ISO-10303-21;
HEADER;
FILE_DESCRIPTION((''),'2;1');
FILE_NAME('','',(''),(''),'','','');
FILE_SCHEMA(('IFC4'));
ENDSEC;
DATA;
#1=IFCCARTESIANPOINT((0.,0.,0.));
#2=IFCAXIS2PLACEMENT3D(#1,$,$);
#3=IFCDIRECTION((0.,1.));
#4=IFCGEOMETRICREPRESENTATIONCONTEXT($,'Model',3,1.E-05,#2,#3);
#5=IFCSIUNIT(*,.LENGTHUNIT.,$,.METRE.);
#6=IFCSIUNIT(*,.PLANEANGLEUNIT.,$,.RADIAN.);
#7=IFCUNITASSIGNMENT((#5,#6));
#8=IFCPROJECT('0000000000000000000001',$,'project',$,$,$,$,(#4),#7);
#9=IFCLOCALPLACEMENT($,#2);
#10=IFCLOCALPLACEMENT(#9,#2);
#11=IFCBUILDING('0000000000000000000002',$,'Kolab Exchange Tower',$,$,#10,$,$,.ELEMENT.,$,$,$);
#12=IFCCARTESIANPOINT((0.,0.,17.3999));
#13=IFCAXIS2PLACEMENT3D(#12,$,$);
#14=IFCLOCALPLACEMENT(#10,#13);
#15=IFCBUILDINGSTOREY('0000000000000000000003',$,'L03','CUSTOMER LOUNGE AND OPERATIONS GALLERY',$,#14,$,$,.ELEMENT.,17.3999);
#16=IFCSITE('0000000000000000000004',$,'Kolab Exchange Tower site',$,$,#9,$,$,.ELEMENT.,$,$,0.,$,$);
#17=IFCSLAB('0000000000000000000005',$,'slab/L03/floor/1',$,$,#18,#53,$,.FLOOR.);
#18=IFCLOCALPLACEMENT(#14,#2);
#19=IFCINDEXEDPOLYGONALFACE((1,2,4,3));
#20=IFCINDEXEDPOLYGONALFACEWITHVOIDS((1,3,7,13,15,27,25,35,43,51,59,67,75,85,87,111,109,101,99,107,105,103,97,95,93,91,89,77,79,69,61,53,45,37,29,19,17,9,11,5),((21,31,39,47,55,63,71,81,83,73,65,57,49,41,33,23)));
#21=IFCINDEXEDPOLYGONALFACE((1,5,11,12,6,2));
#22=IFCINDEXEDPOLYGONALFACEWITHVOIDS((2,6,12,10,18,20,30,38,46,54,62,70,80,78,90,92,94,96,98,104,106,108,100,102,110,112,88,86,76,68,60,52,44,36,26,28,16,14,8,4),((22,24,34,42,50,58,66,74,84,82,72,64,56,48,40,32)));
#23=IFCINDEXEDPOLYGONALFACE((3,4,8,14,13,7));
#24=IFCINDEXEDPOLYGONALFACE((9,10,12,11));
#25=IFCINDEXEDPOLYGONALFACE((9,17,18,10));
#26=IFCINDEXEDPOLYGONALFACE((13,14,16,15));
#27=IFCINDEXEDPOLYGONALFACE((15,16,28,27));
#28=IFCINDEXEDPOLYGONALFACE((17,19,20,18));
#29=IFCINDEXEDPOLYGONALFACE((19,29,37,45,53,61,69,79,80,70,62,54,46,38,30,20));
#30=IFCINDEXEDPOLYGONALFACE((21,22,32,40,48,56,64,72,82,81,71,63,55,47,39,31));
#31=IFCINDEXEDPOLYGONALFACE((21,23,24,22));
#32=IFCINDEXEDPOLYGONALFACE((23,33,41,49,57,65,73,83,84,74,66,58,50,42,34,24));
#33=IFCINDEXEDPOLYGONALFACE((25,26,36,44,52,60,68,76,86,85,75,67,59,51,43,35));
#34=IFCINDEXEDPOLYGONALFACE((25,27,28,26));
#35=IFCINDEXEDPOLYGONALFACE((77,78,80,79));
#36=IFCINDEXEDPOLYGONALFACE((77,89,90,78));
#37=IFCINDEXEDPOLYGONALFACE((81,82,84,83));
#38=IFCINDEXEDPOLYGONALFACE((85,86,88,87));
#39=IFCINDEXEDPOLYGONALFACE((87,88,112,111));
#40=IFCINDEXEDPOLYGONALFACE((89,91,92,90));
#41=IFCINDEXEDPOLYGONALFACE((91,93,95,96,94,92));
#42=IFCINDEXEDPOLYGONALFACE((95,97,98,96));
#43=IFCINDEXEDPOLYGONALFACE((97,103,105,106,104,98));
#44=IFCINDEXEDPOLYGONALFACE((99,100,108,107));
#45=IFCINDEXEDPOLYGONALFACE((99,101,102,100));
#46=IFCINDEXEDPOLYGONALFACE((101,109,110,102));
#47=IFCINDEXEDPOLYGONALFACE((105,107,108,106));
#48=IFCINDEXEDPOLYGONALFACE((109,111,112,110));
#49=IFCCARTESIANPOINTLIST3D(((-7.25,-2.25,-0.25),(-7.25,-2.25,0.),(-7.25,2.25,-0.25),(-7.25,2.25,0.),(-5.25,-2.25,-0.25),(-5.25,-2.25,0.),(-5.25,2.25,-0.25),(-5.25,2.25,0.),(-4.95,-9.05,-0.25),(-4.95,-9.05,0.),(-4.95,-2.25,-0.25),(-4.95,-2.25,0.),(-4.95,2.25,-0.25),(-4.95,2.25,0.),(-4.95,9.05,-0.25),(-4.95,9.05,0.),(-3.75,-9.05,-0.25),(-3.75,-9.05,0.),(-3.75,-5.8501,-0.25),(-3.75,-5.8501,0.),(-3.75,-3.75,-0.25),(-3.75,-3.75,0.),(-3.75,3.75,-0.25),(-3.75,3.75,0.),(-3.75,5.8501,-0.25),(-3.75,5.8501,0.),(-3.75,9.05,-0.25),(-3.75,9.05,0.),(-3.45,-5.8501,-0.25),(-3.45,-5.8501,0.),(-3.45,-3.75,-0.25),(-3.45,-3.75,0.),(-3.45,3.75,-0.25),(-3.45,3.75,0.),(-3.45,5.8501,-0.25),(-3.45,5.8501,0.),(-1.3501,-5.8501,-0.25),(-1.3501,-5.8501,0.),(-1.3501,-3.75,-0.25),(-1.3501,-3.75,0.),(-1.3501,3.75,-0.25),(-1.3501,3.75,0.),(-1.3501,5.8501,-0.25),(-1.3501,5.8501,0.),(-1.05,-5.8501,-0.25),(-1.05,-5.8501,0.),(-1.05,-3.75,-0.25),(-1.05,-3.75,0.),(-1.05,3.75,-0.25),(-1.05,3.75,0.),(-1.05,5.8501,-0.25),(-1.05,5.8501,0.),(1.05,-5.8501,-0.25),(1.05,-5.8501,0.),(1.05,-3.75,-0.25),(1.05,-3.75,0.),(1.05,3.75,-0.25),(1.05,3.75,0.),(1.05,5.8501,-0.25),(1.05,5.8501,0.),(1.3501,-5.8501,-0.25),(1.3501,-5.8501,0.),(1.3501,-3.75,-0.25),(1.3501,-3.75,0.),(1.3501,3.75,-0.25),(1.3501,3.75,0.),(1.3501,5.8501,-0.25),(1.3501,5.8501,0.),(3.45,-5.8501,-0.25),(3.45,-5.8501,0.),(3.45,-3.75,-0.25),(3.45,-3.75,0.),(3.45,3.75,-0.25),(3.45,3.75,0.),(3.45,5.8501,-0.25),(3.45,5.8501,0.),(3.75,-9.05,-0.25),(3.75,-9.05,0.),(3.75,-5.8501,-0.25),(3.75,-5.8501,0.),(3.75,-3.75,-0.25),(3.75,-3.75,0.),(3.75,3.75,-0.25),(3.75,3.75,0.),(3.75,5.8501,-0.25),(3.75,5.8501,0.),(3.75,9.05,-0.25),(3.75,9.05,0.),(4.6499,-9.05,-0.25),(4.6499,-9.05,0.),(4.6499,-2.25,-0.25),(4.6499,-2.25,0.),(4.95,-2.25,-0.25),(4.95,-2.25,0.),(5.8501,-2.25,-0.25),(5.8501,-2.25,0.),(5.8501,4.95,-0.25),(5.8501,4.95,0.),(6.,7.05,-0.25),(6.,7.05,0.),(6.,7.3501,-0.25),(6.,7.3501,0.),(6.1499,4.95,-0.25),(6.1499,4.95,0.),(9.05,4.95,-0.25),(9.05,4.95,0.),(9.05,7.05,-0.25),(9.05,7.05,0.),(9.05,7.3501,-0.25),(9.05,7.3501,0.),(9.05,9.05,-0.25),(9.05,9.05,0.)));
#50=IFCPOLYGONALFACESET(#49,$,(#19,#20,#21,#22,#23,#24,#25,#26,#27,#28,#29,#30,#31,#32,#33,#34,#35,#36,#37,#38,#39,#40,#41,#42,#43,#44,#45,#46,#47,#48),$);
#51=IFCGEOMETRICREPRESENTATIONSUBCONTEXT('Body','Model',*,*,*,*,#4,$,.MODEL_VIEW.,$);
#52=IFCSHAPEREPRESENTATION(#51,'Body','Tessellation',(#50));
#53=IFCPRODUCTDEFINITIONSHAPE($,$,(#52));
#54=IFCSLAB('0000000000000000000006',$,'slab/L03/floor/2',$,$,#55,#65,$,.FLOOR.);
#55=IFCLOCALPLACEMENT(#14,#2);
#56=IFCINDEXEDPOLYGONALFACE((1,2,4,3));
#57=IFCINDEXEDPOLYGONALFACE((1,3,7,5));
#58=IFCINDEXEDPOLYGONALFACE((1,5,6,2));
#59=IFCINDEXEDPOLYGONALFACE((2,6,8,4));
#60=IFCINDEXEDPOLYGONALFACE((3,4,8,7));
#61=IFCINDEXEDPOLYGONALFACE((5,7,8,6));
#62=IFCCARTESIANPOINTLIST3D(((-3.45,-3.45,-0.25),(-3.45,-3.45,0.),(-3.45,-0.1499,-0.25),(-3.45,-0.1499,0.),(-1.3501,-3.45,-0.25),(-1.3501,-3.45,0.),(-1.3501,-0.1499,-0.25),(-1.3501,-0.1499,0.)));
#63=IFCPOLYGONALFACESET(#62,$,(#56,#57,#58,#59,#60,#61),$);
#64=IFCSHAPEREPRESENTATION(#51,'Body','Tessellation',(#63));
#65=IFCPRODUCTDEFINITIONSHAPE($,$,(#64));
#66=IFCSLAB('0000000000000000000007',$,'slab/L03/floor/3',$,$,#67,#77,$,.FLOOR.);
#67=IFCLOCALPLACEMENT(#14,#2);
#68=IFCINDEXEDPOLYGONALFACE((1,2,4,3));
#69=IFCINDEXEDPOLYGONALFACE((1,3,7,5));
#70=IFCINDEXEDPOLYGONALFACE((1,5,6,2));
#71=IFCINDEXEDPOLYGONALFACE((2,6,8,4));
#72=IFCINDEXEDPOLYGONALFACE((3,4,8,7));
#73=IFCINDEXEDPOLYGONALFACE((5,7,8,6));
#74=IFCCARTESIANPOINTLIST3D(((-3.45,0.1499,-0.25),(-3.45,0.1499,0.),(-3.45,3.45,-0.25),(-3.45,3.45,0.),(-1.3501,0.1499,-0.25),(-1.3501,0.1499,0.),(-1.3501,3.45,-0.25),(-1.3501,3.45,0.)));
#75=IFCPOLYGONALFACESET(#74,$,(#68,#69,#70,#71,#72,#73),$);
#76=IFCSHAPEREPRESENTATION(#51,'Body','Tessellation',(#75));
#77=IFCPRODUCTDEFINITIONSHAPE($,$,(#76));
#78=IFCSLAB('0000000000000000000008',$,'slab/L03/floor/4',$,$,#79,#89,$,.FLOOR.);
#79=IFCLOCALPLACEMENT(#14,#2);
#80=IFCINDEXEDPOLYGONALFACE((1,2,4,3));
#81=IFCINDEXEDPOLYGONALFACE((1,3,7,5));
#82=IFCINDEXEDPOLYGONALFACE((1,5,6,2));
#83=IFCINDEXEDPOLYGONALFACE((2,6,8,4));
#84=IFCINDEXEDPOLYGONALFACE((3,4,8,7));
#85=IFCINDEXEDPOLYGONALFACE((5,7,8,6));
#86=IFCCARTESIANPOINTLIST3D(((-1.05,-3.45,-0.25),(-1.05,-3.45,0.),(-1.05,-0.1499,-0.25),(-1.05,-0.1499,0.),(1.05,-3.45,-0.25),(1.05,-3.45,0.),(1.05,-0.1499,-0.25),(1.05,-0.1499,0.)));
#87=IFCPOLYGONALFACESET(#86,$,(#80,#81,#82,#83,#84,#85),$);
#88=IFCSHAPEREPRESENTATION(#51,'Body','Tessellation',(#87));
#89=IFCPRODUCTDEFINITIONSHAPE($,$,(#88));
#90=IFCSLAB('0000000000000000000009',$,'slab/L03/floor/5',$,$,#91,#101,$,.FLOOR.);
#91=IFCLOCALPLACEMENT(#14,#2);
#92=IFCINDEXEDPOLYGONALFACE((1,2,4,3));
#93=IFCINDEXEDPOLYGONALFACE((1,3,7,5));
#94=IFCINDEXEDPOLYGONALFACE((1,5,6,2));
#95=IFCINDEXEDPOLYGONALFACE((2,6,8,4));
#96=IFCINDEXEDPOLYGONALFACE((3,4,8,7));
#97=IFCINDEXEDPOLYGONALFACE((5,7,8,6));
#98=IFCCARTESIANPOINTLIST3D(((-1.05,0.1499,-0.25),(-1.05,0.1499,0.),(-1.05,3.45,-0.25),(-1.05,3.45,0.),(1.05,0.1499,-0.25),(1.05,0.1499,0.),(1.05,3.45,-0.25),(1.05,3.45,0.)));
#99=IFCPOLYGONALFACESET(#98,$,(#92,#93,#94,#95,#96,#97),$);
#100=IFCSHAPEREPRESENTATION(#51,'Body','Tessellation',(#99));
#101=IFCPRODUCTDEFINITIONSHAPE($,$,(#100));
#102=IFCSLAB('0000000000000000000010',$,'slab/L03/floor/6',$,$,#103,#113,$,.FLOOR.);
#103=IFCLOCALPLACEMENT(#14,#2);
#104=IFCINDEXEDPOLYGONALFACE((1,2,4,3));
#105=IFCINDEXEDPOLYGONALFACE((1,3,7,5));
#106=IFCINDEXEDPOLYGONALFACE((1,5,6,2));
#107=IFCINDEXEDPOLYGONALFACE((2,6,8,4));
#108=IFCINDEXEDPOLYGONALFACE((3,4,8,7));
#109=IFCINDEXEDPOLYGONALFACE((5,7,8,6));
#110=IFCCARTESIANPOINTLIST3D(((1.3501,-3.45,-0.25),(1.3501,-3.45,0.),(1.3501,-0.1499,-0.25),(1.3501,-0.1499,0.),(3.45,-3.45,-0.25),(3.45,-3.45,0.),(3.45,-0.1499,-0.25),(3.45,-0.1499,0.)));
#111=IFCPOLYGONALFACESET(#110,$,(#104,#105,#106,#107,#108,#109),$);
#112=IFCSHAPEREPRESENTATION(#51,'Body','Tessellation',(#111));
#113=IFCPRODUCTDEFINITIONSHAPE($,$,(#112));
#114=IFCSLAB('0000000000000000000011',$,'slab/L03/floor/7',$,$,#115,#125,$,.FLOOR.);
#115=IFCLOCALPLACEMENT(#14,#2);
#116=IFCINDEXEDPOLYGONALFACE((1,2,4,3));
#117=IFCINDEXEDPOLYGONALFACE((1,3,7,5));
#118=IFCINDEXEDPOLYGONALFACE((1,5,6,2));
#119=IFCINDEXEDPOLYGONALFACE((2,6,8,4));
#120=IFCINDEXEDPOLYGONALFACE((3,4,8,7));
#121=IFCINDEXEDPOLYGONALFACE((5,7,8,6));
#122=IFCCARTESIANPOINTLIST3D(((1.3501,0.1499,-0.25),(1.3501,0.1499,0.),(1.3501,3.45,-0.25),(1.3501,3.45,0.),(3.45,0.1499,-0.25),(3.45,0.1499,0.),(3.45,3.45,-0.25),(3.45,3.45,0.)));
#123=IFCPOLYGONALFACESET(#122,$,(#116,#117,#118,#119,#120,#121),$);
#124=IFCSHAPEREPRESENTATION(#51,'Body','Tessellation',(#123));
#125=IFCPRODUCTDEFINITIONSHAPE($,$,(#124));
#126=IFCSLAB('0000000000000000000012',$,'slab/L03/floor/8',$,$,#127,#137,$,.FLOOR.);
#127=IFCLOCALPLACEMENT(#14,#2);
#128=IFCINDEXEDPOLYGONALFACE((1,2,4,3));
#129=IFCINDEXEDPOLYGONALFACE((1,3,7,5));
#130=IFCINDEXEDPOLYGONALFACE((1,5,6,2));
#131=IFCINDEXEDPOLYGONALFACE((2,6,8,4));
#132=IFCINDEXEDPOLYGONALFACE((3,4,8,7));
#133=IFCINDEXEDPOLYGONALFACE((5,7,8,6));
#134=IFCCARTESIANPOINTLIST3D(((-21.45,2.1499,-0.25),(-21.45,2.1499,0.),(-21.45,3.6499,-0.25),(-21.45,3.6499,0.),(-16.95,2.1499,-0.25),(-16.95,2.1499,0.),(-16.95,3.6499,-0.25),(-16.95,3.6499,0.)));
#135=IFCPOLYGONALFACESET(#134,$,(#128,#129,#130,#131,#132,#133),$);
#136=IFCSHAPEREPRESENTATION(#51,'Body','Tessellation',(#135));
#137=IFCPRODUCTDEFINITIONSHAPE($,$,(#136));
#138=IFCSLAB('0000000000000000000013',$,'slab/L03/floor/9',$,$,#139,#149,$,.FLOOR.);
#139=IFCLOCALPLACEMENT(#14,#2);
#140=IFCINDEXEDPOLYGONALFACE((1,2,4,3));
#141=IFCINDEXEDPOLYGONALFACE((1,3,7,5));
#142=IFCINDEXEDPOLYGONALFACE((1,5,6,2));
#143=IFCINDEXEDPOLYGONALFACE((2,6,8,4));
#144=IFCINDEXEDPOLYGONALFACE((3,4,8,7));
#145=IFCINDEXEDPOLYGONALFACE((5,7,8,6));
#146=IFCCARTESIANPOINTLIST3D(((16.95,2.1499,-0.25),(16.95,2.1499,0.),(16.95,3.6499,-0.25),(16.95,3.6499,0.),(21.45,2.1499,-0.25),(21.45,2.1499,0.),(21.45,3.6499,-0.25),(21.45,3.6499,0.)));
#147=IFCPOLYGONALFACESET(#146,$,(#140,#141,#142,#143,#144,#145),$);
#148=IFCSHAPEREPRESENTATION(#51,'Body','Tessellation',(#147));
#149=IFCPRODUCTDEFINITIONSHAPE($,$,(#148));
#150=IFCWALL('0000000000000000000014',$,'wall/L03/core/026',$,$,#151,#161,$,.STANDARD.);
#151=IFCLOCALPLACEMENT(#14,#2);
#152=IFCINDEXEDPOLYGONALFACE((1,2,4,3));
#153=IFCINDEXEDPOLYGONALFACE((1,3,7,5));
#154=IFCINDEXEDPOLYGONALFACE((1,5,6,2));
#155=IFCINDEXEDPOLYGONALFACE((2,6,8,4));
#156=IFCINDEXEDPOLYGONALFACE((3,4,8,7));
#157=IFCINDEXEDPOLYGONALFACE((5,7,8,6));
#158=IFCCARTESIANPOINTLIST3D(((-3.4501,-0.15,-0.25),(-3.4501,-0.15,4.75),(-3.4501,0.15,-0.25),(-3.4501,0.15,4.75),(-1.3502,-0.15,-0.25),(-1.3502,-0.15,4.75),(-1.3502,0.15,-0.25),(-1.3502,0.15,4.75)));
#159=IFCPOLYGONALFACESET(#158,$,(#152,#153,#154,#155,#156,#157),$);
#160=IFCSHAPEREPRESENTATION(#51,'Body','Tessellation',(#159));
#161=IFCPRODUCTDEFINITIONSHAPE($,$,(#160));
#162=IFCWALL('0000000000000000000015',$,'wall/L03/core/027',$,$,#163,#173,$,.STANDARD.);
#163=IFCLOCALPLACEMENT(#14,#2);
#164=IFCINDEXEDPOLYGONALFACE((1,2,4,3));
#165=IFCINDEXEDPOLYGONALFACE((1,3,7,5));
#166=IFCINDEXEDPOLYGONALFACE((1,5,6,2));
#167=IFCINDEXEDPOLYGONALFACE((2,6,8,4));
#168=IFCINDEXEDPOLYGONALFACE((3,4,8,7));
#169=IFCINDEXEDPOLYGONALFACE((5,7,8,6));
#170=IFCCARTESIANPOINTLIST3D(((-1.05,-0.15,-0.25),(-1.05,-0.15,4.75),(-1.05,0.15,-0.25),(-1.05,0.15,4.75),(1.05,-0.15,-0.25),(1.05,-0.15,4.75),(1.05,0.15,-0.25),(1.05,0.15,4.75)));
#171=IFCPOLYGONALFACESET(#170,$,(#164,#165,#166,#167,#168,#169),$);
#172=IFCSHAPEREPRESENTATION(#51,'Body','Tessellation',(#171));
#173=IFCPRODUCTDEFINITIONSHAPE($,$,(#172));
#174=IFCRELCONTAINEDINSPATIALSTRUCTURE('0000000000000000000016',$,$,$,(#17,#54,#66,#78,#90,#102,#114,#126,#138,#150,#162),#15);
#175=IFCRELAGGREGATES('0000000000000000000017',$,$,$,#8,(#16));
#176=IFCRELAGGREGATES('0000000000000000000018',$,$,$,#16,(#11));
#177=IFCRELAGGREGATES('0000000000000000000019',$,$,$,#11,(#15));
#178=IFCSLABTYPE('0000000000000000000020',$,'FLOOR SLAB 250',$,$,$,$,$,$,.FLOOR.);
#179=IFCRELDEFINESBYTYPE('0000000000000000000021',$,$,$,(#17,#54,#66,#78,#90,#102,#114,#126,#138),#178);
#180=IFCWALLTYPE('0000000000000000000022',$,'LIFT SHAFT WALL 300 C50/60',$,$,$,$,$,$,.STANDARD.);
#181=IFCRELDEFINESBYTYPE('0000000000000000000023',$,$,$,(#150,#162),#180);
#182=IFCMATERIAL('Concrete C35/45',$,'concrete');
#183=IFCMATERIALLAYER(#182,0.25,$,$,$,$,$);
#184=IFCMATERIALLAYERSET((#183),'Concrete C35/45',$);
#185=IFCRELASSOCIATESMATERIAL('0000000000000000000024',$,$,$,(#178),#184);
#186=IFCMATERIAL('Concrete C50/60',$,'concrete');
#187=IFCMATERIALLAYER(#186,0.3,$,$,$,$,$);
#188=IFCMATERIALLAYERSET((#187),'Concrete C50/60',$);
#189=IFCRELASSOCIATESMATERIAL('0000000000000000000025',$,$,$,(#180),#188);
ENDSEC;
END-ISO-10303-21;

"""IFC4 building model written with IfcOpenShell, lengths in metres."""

from ifc_helpers import new_model, si_unit, direction, frame, frame_2d, origin, place, context, subcontext, project, spatial, polyline, rectangle, outline, extrude, material, layer, layer_set, type_object, element, save


model = new_model("IFC4")

# Units and contexts
model_context = context("Model", 3, precision=1e-05, world=origin(), true_north=direction((0.0, 1.0)))
body_context = subcontext(model_context, "Body", "Model", "MODEL_VIEW")
ifc_project = project(units=[si_unit("LENGTHUNIT", "METRE"), si_unit("PLANEANGLEUNIT", "RADIAN")], contexts=[model_context])

# Site, building, storey
site_placement = place(None, origin())
site = spatial("IfcSite", under=ifc_project, at=site_placement, Name="Kolab Exchange Tower site", CompositionType="ELEMENT", RefElevation=0.0)
building_placement = place(site_placement, origin())
building = spatial("IfcBuilding", under=site, at=building_placement, Name="Kolab Exchange Tower", CompositionType="ELEMENT")
storey_placement = place(building_placement, frame((0.0, 0.0, 17.3999)))
storey = spatial("IfcBuildingStorey", under=building, at=storey_placement, Name="L03", Description="CUSTOMER LOUNGE AND OPERATIONS GALLERY", CompositionType="ELEMENT", Elevation=17.3999)

# Slabs
ifc_material_1 = material(Name="Concrete C35/45", Category="concrete")
ifc_layer_1 = layer(ifc_material_1, 0.25)
ifc_layer_set_1 = layer_set([ifc_layer_1], Name="Concrete C35/45")
slab_type = type_object("IfcSlabType", Name="FLOOR SLAB 250", PredefinedType="FLOOR", material=ifc_layer_set_1)
slab_1_placement = place(storey_placement, frame((0.0, 0.0, -0.25)))
element("IfcSlab", 1, at=slab_1_placement, inside=storey, type_object=slab_type, Name="slab/L03/floor/1", PredefinedType="FLOOR", context=body_context, shape_type="SweptSolid", body=[
    extrude(outline(polyline([(-5.25, 2.25), (-7.25, 2.25), (-7.25, -2.25), (-5.25, -2.25), (-4.95, -2.25), (-4.95, -9.05), (-3.75, -9.05), (-3.75, -5.8501), (-3.45, -5.8501), (-1.3501, -5.8501), (-1.05, -5.8501), (1.05, -5.8501), (1.3501, -5.8501), (3.45, -5.8501), (3.75, -5.8501), (3.75, -9.05), (4.6499, -9.05), (4.6499, -2.25), (4.95, -2.25), (5.8501, -2.25), (5.8501, 4.95), (6.1499, 4.95), (9.05, 4.95), (9.05, 7.05), (6.0, 7.05), (6.0, 7.3501), (9.05, 7.3501), (9.05, 9.05), (3.75, 9.05), (3.75, 5.8501), (3.45, 5.8501), (1.3501, 5.8501), (1.05, 5.8501), (-1.05, 5.8501), (-1.3501, 5.8501), (-3.45, 5.8501), (-3.75, 5.8501), (-3.75, 9.05), (-4.95, 9.05), (-4.95, 2.25), (-5.25, 2.25)]), holes=[polyline([(-1.3501, 3.75), (-1.05, 3.75), (1.05, 3.75), (1.3501, 3.75), (3.45, 3.75), (3.75, 3.75), (3.75, -3.75), (3.45, -3.75), (1.3501, -3.75), (1.05, -3.75), (-1.05, -3.75), (-1.3501, -3.75), (-3.45, -3.75), (-3.75, -3.75), (-3.75, 3.75), (-3.45, 3.75), (-1.3501, 3.75)])]), origin(), (0.0, 0.0, 1.0), 0.25),
])
slab_2_placement = place(storey_placement, frame((0.0, 0.0, -0.25)))
element("IfcSlab", 2, at=slab_2_placement, inside=storey, type_object=slab_type, Name="slab/L03/floor/2", PredefinedType="FLOOR", context=body_context, shape_type="SweptSolid", body=[
    extrude(outline(polyline([(-3.45, -3.45), (-1.3501, -3.45), (-1.3501, -0.1499), (-3.45, -0.1499), (-3.45, -3.45)])), origin(), (0.0, 0.0, 1.0), 0.25),
])
slab_3_placement = place(storey_placement, frame((0.0, 0.0, -0.25)))
element("IfcSlab", 3, at=slab_3_placement, inside=storey, type_object=slab_type, Name="slab/L03/floor/3", PredefinedType="FLOOR", context=body_context, shape_type="SweptSolid", body=[
    extrude(outline(polyline([(-1.3501, 0.1499), (-1.3501, 3.45), (-3.45, 3.45), (-3.45, 0.1499), (-1.3501, 0.1499)])), origin(), (0.0, 0.0, 1.0), 0.25),
])
slab_4_placement = place(storey_placement, frame((0.0, 0.0, -0.25)))
element("IfcSlab", 4, at=slab_4_placement, inside=storey, type_object=slab_type, Name="slab/L03/floor/4", PredefinedType="FLOOR", context=body_context, shape_type="SweptSolid", body=[
    extrude(outline(polyline([(-1.05, -0.1499), (-1.05, -3.45), (1.05, -3.45), (1.05, -0.1499), (-1.05, -0.1499)])), origin(), (0.0, 0.0, 1.0), 0.25),
])
slab_5_placement = place(storey_placement, frame((0.0, 0.0, -0.25)))
element("IfcSlab", 5, at=slab_5_placement, inside=storey, type_object=slab_type, Name="slab/L03/floor/5", PredefinedType="FLOOR", context=body_context, shape_type="SweptSolid", body=[
    extrude(outline(polyline([(-1.05, 3.45), (-1.05, 0.1499), (1.05, 0.1499), (1.05, 3.45), (-1.05, 3.45)])), origin(), (0.0, 0.0, 1.0), 0.25),
])
slab_6_placement = place(storey_placement, frame((0.0, 0.0, -0.25)))
element("IfcSlab", 6, at=slab_6_placement, inside=storey, type_object=slab_type, Name="slab/L03/floor/6", PredefinedType="FLOOR", context=body_context, shape_type="SweptSolid", body=[
    extrude(outline(polyline([(1.3501, -3.45), (3.45, -3.45), (3.45, -0.1499), (1.3501, -0.1499), (1.3501, -3.45)])), origin(), (0.0, 0.0, 1.0), 0.25),
])
slab_7_placement = place(storey_placement, frame((0.0, 0.0, -0.25)))
element("IfcSlab", 7, at=slab_7_placement, inside=storey, type_object=slab_type, Name="slab/L03/floor/7", PredefinedType="FLOOR", context=body_context, shape_type="SweptSolid", body=[
    extrude(outline(polyline([(1.3501, 0.1499), (3.45, 0.1499), (3.45, 3.45), (1.3501, 3.45), (1.3501, 0.1499)])), origin(), (0.0, 0.0, 1.0), 0.25),
])
slab_8_placement = place(storey_placement, frame((0.0, 0.0, -0.25)))
element("IfcSlab", 8, at=slab_8_placement, inside=storey, type_object=slab_type, Name="slab/L03/floor/8", PredefinedType="FLOOR", context=body_context, shape_type="SweptSolid", body=[
    extrude(outline(polyline([(-21.45, 3.6499), (-21.45, 2.1499), (-16.95, 2.1499), (-16.95, 3.6499), (-21.45, 3.6499)])), origin(), (0.0, 0.0, 1.0), 0.25),
])
slab_9_placement = place(storey_placement, frame((0.0, 0.0, -0.25)))
element("IfcSlab", 9, at=slab_9_placement, inside=storey, type_object=slab_type, Name="slab/L03/floor/9", PredefinedType="FLOOR", context=body_context, shape_type="SweptSolid", body=[
    extrude(outline(polyline([(21.45, 3.6499), (16.95, 3.6499), (16.95, 2.1499), (21.45, 2.1499), (21.45, 3.6499)])), origin(), (0.0, 0.0, 1.0), 0.25),
])

# Walls
ifc_material_2 = material(Name="Concrete C50/60", Category="concrete")
ifc_layer_2 = layer(ifc_material_2, 0.3)
ifc_layer_set_2 = layer_set([ifc_layer_2], Name="Concrete C50/60")
wall_type_1 = type_object("IfcWallType", Name="LIFT SHAFT WALL 300 C50/60", PredefinedType="STANDARD", material=ifc_layer_set_2)
wall_1_placement = place(storey_placement, frame((-3.45, 0.0, -0.25), z_axis=(0.0, 0.0, 1.0), x_axis=(1.0, 0.0, 0.0)))
element("IfcWall", 10, at=wall_1_placement, inside=storey, type_object=wall_type_1, Name="wall/L03/core/026", PredefinedType="STANDARD", context=body_context, shape_type="SweptSolid", body=[
    extrude(rectangle(XDim=2.0999, YDim=0.3, at=frame_2d((1.0498, 0.0))), origin(), (0.0, 0.0, 1.0), 5.0),
])
wall_2_placement = place(storey_placement, frame((-1.05, 0.0, -0.25), z_axis=(0.0, 0.0, 1.0), x_axis=(1.0, 0.0, 0.0)))
element("IfcWall", 11, at=wall_2_placement, inside=storey, type_object=wall_type_1, Name="wall/L03/core/027", PredefinedType="STANDARD", context=body_context, shape_type="SweptSolid", body=[
    extrude(rectangle(XDim=2.1001, YDim=0.3, at=frame_2d((1.05, 0.0))), origin(), (0.0, 0.0, 1.0), 5.0),
])

save(model, "model.ifc")
